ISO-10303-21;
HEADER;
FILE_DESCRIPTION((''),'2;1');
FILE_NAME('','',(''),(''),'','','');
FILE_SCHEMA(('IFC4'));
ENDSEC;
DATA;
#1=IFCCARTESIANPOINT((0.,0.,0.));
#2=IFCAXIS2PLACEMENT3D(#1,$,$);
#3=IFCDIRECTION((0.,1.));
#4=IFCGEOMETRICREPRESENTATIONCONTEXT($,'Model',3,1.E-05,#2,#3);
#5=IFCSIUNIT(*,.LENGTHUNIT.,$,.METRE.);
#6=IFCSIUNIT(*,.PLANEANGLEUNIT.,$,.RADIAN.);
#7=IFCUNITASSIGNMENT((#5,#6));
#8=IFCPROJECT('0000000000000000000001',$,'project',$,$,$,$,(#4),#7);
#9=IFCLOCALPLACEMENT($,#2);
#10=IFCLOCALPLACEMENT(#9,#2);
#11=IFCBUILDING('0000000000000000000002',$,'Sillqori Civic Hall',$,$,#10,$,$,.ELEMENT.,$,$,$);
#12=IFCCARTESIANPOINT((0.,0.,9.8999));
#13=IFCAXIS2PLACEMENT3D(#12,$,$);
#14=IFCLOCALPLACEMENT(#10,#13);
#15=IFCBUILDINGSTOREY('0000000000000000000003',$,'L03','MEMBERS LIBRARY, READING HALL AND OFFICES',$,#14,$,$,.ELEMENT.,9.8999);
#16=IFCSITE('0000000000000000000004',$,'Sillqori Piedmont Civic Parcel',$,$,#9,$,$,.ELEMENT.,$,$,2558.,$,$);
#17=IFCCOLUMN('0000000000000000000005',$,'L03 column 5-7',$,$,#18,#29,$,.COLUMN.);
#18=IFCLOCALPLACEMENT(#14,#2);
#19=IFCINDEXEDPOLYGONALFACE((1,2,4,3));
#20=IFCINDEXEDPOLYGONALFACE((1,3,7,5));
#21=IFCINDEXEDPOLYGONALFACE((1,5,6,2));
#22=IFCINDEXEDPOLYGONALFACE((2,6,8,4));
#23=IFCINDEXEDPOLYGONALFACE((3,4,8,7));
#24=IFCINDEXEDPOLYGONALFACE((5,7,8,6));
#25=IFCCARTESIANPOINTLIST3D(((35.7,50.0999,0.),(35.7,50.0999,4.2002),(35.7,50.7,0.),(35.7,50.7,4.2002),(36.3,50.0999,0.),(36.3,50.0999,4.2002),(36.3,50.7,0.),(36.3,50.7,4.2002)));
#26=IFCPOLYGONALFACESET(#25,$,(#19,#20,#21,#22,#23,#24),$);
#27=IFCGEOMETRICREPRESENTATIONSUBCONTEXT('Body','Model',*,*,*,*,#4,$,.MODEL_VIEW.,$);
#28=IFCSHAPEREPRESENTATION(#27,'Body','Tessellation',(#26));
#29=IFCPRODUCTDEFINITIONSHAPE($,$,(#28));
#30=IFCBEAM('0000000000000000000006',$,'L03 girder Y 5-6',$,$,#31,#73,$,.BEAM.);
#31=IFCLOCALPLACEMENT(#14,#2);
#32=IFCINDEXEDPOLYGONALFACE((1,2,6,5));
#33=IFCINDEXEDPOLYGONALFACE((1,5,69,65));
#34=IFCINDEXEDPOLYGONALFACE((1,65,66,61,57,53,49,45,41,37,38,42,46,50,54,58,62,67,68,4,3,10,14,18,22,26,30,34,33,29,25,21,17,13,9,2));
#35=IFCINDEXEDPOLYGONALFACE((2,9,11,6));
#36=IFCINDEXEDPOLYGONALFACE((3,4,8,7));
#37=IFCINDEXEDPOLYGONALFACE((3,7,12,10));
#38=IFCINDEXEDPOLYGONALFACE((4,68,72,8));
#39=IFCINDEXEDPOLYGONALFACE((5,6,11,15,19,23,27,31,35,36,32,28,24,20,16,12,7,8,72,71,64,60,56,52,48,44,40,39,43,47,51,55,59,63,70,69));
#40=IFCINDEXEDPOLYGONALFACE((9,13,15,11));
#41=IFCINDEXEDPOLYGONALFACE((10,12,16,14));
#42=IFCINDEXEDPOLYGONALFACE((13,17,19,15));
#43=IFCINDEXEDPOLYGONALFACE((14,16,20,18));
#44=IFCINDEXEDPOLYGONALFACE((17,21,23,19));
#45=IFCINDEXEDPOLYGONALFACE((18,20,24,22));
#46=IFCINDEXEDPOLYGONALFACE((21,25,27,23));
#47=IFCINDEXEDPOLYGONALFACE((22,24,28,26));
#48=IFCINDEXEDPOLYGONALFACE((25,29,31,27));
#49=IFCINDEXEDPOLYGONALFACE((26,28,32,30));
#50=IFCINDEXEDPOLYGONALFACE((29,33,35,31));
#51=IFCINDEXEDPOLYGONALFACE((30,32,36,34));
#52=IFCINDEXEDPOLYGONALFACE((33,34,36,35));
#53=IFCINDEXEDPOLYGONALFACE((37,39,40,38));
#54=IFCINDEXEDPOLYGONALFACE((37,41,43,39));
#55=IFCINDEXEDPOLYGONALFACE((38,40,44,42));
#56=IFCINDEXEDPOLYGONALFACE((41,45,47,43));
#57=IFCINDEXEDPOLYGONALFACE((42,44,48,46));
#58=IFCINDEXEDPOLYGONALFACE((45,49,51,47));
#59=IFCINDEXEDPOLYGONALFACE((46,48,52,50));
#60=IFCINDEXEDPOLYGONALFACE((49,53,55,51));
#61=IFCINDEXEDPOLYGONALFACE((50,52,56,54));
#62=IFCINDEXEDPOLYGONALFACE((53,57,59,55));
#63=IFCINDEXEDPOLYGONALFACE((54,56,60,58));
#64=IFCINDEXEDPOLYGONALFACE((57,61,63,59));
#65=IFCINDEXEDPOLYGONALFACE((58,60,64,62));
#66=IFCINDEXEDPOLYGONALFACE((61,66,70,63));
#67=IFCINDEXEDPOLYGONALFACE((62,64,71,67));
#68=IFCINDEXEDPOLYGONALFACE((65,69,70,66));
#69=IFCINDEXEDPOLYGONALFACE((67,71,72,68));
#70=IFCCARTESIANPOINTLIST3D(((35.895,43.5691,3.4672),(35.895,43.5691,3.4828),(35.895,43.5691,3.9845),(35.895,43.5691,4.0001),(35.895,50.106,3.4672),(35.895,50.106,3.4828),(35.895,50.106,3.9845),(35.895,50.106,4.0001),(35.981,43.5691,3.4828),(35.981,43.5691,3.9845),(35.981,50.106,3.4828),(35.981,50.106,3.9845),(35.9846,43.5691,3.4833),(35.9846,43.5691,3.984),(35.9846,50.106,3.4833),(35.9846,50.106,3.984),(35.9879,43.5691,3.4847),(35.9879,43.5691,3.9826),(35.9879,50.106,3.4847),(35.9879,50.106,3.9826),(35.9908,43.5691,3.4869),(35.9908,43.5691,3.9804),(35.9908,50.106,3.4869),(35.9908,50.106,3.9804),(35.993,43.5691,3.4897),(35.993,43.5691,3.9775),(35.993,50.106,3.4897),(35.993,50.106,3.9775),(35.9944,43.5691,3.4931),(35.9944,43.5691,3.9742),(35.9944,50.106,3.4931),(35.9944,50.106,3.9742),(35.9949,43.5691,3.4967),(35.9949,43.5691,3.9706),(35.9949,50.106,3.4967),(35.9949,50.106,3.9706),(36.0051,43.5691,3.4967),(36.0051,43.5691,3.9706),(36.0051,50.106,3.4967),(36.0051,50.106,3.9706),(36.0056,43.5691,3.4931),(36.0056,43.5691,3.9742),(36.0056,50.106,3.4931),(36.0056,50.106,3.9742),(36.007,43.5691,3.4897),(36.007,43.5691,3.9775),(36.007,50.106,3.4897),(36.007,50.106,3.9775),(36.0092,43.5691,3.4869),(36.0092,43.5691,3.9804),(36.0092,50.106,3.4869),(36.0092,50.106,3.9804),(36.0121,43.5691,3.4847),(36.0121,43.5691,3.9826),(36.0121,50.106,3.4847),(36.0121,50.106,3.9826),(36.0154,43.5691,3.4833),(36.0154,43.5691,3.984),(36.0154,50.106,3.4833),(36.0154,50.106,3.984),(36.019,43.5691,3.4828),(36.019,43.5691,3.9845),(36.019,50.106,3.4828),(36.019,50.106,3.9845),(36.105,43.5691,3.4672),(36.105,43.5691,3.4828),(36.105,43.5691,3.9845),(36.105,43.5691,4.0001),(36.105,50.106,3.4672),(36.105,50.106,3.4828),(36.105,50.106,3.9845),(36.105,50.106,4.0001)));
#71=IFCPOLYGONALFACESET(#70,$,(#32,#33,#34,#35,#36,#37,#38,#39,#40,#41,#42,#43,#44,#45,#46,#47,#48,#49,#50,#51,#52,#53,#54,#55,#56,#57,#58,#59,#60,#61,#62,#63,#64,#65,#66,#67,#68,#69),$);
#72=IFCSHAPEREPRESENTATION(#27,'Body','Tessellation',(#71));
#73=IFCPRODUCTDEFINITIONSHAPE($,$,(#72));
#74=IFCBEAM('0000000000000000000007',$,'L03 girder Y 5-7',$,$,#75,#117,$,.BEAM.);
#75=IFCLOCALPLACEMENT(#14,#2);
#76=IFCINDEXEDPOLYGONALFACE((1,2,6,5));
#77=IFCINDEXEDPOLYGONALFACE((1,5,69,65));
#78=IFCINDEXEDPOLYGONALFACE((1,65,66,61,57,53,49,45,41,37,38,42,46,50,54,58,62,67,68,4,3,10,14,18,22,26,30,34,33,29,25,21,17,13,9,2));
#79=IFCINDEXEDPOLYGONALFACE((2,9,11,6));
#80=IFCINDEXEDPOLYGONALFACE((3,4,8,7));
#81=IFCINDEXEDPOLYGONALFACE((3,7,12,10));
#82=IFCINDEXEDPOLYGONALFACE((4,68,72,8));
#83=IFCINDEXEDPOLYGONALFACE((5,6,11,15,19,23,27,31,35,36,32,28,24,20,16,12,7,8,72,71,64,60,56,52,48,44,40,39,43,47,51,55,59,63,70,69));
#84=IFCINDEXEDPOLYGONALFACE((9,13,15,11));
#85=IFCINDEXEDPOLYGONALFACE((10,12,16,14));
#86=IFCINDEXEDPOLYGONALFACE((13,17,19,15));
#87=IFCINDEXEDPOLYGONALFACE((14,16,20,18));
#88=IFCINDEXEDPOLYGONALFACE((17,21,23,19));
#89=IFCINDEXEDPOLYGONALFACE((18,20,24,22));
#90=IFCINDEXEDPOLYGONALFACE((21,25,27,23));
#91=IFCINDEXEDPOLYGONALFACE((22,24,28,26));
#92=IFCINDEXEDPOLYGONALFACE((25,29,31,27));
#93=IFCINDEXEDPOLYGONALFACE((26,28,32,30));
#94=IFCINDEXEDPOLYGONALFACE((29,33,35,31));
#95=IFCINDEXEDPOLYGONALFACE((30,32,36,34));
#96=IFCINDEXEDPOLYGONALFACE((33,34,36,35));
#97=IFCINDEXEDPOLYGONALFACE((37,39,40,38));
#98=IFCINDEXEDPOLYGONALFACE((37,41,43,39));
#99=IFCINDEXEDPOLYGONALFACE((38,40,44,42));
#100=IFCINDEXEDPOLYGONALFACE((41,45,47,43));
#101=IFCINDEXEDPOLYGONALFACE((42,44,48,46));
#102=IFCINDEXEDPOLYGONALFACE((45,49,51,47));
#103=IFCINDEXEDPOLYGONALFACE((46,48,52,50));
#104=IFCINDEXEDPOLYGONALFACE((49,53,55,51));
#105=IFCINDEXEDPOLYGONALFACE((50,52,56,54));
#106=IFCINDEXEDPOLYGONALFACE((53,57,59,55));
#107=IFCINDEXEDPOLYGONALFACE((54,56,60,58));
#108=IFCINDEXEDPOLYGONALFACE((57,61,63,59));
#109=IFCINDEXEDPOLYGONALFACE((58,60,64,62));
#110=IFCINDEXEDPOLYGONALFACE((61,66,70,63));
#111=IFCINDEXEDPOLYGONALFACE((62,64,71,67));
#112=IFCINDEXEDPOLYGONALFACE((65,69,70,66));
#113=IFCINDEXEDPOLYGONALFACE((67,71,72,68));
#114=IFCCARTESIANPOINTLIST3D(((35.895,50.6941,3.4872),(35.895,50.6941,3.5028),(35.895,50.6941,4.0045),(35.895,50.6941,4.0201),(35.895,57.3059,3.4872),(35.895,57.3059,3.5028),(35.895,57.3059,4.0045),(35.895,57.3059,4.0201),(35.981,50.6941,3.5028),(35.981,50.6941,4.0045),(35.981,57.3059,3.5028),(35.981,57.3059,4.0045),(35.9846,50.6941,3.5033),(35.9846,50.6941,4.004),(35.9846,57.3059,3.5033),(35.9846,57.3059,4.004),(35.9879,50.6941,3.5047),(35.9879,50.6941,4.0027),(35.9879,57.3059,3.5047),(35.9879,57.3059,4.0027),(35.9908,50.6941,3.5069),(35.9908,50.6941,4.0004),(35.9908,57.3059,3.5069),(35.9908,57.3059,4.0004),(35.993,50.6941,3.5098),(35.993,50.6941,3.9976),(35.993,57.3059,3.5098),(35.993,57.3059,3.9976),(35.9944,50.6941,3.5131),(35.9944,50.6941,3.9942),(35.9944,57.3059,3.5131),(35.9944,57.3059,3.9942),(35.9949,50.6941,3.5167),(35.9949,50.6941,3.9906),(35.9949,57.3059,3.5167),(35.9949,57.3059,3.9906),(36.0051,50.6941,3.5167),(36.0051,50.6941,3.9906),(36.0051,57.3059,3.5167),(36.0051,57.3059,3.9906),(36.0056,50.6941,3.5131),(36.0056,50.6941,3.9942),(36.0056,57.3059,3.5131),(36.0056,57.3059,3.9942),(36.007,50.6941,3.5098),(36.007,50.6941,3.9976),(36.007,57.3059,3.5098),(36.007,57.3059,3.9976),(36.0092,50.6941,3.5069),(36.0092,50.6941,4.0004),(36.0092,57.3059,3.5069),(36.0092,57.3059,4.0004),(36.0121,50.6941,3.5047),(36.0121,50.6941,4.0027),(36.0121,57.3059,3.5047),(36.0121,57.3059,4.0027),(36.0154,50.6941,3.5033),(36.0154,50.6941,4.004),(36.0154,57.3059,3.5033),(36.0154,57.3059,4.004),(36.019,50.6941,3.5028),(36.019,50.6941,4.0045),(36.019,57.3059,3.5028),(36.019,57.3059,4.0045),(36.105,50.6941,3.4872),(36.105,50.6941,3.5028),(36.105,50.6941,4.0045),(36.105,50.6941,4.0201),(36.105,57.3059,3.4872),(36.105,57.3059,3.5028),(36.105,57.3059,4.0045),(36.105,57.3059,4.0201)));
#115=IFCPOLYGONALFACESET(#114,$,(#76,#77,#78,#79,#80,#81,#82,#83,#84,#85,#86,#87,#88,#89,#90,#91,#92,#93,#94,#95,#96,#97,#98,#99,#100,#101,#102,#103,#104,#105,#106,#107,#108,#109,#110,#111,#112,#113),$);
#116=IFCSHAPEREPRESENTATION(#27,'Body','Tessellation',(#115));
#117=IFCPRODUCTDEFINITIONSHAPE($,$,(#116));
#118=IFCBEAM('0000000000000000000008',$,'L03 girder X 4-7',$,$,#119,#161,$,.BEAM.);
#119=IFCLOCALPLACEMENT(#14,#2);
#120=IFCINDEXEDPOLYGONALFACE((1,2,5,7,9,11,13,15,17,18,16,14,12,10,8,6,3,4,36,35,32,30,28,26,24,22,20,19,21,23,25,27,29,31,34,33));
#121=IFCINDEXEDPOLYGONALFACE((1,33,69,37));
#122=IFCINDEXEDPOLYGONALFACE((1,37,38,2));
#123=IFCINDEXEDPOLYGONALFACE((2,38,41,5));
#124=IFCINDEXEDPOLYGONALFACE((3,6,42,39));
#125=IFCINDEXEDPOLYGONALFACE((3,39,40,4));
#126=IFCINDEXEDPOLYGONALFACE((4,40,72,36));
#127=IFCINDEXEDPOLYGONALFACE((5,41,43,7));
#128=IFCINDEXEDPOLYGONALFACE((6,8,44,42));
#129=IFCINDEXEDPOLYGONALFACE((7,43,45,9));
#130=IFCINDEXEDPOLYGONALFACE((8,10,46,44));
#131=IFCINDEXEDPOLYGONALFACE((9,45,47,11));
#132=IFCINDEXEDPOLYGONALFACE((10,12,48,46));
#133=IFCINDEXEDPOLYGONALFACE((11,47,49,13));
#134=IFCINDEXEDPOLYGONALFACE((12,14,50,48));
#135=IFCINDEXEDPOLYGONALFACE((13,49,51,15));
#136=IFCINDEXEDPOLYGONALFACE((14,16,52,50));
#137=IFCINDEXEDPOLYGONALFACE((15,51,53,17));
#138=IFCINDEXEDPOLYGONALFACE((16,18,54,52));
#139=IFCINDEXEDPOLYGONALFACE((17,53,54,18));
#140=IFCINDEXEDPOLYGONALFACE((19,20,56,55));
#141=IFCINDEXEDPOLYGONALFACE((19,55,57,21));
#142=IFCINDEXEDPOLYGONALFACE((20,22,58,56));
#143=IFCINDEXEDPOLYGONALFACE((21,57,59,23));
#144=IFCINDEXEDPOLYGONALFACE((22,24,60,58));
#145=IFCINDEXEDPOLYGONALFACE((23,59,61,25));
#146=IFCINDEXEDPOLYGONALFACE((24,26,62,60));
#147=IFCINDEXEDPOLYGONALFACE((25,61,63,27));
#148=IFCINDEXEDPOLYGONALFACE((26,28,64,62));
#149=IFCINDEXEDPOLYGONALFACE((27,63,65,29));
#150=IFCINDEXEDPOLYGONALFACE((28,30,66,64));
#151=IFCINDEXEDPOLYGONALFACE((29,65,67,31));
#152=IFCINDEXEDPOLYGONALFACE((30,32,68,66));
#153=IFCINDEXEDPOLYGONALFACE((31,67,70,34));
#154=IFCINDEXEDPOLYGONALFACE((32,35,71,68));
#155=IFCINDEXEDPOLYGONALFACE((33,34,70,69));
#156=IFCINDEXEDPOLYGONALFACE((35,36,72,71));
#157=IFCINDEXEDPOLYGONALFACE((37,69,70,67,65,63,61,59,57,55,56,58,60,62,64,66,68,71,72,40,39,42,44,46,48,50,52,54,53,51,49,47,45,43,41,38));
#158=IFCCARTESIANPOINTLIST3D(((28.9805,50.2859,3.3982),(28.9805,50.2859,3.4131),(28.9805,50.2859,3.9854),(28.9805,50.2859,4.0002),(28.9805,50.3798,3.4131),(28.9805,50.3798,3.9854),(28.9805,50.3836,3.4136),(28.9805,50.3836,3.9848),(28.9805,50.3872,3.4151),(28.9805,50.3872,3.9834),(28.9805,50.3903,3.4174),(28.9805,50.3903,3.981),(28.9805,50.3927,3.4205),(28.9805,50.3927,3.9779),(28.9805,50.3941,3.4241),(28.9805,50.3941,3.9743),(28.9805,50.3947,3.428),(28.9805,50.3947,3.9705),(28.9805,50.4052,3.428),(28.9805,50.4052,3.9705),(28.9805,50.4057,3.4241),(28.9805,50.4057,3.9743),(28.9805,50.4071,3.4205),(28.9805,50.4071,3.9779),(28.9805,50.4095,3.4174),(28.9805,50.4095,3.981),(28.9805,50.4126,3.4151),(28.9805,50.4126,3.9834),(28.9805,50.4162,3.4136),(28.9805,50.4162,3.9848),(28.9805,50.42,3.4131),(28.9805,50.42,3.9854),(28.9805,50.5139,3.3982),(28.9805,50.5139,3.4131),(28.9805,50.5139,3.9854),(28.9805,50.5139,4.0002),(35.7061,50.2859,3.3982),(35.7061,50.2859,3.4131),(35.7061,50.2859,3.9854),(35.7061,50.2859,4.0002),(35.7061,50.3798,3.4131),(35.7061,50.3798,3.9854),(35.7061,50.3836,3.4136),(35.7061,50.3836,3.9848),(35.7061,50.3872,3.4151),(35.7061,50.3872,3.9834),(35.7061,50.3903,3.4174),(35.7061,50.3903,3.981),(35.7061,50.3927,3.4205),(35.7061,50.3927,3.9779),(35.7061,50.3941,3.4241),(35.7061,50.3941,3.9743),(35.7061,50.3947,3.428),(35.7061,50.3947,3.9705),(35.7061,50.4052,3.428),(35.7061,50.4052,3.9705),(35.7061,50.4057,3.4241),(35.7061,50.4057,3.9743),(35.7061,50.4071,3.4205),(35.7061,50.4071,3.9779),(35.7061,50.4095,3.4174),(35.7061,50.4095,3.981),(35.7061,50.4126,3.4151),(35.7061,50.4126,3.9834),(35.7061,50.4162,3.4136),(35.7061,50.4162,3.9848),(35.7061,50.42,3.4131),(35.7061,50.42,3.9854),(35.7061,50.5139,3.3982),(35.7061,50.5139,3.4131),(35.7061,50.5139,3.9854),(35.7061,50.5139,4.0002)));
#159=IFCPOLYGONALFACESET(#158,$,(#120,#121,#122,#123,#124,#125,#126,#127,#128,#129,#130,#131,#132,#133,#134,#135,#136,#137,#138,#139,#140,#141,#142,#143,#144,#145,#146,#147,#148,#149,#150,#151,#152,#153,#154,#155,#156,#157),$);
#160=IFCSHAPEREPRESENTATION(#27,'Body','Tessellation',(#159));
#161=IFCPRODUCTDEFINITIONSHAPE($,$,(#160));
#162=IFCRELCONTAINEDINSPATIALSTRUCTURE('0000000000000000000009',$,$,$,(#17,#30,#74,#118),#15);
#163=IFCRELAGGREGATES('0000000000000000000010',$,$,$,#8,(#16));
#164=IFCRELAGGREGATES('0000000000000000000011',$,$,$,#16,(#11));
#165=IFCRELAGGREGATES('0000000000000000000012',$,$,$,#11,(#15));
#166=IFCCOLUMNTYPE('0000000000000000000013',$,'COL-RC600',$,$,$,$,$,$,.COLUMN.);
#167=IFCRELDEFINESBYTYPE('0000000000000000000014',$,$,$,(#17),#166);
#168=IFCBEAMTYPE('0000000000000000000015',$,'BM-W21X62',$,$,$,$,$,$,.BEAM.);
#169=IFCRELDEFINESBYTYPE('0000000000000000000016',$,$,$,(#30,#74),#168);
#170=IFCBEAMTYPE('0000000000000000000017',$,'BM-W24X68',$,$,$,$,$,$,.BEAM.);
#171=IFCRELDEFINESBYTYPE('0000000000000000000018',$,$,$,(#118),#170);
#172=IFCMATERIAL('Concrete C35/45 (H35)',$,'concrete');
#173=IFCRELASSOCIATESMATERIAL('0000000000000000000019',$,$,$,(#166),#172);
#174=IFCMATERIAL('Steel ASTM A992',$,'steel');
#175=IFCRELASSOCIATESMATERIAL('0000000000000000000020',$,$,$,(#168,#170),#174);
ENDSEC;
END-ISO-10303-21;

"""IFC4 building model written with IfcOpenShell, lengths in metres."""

from ifc_helpers import new_model, si_unit, direction, frame, origin, origin_2d, place, context, subcontext, project, spatial, rectangle, i_section, extrude, material, material_profile, profile_set, type_object, element, save


model = new_model("IFC4")

# Units and contexts
model_context = context("Model", 3, precision=1e-05, world=origin(), true_north=direction((0.0, 1.0)))
body_context = subcontext(model_context, "Body", "Model", "MODEL_VIEW")
ifc_project = project(units=[si_unit("LENGTHUNIT", "METRE"), si_unit("PLANEANGLEUNIT", "RADIAN")], contexts=[model_context])

# Site, building, storey
site_placement = place(None, origin())
site = spatial("IfcSite", under=ifc_project, at=site_placement, Name="Sillqori Piedmont Civic Parcel", CompositionType="ELEMENT", RefElevation=2558.0)
building_placement = place(site_placement, origin())
building = spatial("IfcBuilding", under=site, at=building_placement, Name="Sillqori Civic Hall", CompositionType="ELEMENT")
storey_placement = place(building_placement, frame((0.0, 0.0, 9.8999)))
storey = spatial("IfcBuildingStorey", under=building, at=storey_placement, Name="L03", Description="MEMBERS LIBRARY, READING HALL AND OFFICES", CompositionType="ELEMENT", Elevation=9.8999)

# Column
ifc_material_1 = material(Name="Concrete C35/45 (H35)", Category="concrete")
ifc_material_profile_1 = material_profile(ifc_material_1, rectangle(XDim=0.6001, YDim=0.6001, at=origin_2d()), Name="RC 600x600")
ifc_profile_set_1 = profile_set([ifc_material_profile_1], Name="Concrete C35/45 (H35)")
column_type = type_object("IfcColumnType", Name="COL-RC600", PredefinedType="COLUMN", material=ifc_profile_set_1)
column_placement = place(storey_placement, frame((36.0, 50.3999, 0.0), z_axis=(0.0, 0.0, 1.0), x_axis=(1.0, 0.0, 0.0)))
element("IfcColumn", 1, at=column_placement, inside=storey, type_object=column_type, Name="L03 column 5-7", PredefinedType="COLUMN", context=body_context, shape_type="SweptSolid", body=[
    extrude(rectangle(XDim=0.6001, YDim=0.6001, at=origin_2d()), origin(), (0.0, 0.0, 1.0), 4.2002),
])

# Beams
ifc_material_2 = material(Name="Steel ASTM A992", Category="steel")
ifc_material_profile_2 = material_profile(ifc_material_2, i_section(OverallWidth=0.21, OverallDepth=0.533, WebThickness=0.0103, FlangeThickness=0.0156, FilletRadius=0.0139, at=origin_2d()), Name="W21X62")
ifc_profile_set_2 = profile_set([ifc_material_profile_2], Name="Steel ASTM A992")
beam_type_1 = type_object("IfcBeamType", Name="BM-W21X62", PredefinedType="BEAM", material=ifc_profile_set_2)
beam_1_placement = place(storey_placement, frame((36.0, 43.5691, 3.7336), z_axis=(0.0, 1.0, 0.0), x_axis=(-1.0, 0.0, 0.0)))
element("IfcBeam", 2, at=beam_1_placement, inside=storey, type_object=beam_type_1, Name="L03 girder Y 5-6", PredefinedType="BEAM", context=body_context, shape_type="SweptSolid", body=[
    extrude(i_section(OverallWidth=0.21, OverallDepth=0.533, WebThickness=0.0103, FlangeThickness=0.0156, FilletRadius=0.0139, at=origin_2d()), origin(), (0.0, 0.0, 1.0), 6.5369),
])
beam_2_placement = place(storey_placement, frame((36.0, 50.6941, 3.7537), z_axis=(0.0, 1.0, 0.0), x_axis=(-1.0, 0.0, 0.0)))
element("IfcBeam", 3, at=beam_2_placement, inside=storey, type_object=beam_type_1, Name="L03 girder Y 5-7", PredefinedType="BEAM", context=body_context, shape_type="SweptSolid", body=[
    extrude(i_section(OverallWidth=0.21, OverallDepth=0.533, WebThickness=0.0103, FlangeThickness=0.0156, FilletRadius=0.0139, at=origin_2d()), origin(), (0.0, 0.0, 1.0), 6.6118),
])
ifc_material_profile_3 = material_profile(ifc_material_2, i_section(OverallWidth=0.228, OverallDepth=0.6021, WebThickness=0.0105, FlangeThickness=0.0149, FilletRadius=0.0149, at=origin_2d()), Name="W24X68")
ifc_profile_set_3 = profile_set([ifc_material_profile_3], Name="Steel ASTM A992")
beam_type_2 = type_object("IfcBeamType", Name="BM-W24X68", PredefinedType="BEAM", material=ifc_profile_set_3)
beam_3_placement = place(storey_placement, frame((28.9805, 50.3999, 3.6992), z_axis=(1.0, 0.0, 0.0), x_axis=(0.0, 1.0, 0.0)))
element("IfcBeam", 4, at=beam_3_placement, inside=storey, type_object=beam_type_2, Name="L03 girder X 4-7", PredefinedType="BEAM", context=body_context, shape_type="SweptSolid", body=[
    extrude(i_section(OverallWidth=0.228, OverallDepth=0.6021, WebThickness=0.0105, FlangeThickness=0.0149, FilletRadius=0.0149, at=origin_2d()), origin(), (0.0, 0.0, 1.0), 6.7256),
])

save(model, "model.ifc")
